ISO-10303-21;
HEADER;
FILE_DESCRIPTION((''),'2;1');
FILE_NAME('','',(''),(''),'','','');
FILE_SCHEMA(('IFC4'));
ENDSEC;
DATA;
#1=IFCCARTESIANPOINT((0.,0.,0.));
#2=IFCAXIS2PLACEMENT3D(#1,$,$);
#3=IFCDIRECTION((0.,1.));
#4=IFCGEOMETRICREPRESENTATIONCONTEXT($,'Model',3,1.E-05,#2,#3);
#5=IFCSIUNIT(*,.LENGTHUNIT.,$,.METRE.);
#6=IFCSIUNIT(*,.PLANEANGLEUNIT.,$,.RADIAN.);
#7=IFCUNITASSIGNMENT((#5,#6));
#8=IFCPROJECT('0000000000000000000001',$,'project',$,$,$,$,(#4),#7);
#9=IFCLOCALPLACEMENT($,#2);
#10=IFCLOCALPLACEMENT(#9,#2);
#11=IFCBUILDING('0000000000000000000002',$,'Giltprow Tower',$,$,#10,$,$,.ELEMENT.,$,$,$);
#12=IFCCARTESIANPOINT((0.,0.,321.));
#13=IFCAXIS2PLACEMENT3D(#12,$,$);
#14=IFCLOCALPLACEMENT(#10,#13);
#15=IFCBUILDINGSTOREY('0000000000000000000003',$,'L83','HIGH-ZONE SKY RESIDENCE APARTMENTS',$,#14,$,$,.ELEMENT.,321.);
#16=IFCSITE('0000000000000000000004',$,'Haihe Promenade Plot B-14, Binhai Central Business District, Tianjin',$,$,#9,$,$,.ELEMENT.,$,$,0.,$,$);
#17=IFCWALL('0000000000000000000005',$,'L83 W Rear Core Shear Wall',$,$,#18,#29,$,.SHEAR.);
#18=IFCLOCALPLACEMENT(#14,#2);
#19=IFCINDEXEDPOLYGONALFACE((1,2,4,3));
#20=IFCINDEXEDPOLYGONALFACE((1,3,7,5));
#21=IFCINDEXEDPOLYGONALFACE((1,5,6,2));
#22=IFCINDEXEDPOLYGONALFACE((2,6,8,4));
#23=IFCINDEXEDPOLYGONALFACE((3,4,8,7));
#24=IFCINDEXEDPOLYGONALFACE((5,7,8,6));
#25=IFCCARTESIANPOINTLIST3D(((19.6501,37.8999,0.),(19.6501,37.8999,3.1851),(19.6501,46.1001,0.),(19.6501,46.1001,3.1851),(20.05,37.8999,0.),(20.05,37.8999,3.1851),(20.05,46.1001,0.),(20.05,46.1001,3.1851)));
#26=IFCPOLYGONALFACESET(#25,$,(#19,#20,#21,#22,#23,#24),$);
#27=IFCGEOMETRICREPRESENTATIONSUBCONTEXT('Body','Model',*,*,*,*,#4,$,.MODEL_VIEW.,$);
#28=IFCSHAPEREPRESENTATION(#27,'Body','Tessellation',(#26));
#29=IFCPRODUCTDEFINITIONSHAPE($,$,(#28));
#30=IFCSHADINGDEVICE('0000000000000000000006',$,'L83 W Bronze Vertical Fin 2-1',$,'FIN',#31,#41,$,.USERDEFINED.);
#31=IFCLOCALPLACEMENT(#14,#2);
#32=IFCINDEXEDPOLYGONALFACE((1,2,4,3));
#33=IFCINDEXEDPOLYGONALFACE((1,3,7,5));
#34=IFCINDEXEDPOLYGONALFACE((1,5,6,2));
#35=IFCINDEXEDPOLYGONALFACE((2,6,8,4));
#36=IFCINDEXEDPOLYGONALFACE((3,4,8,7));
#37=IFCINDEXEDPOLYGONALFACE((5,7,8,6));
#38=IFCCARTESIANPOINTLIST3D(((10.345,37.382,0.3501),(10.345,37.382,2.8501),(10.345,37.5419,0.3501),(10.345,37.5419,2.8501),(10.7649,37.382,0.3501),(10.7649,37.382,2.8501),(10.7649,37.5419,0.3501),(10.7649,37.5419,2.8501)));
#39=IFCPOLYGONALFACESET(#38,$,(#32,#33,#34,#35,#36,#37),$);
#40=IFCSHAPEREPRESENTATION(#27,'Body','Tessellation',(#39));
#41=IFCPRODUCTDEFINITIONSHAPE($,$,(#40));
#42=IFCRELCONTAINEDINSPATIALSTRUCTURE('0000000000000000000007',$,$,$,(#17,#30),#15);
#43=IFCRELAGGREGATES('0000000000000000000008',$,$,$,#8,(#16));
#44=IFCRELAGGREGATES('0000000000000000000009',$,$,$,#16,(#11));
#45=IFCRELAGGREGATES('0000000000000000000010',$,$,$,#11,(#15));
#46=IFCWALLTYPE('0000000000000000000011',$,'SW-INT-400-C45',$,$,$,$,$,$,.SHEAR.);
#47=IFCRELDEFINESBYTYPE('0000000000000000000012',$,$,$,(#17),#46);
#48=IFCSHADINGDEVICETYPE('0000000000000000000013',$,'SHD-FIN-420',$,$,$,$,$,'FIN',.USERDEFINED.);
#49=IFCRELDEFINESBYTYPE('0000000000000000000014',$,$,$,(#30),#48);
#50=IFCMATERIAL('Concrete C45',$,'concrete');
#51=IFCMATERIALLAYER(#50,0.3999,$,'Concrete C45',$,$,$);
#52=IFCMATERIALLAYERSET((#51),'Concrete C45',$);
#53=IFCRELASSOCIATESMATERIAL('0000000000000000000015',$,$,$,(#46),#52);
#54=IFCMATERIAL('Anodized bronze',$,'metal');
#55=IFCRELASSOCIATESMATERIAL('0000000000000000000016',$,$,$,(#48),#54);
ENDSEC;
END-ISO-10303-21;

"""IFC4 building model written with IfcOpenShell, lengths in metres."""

from ifc_helpers import new_model, si_unit, direction, frame, frame_2d, origin, origin_2d, place, context, subcontext, project, spatial, rectangle, extrude, source, transform, mapped, material, layer, layer_set, type_object, element, save


model = new_model("IFC4")

# Units and contexts
model_context = context("Model", 3, precision=1e-05, world=origin(), true_north=direction((0.0, 1.0)))
body_context = subcontext(model_context, "Body", "Model", "MODEL_VIEW")
ifc_project = project(units=[si_unit("LENGTHUNIT", "METRE"), si_unit("PLANEANGLEUNIT", "RADIAN")], contexts=[model_context])

# Site, building, storey
site_placement = place(None, origin())
site = spatial("IfcSite", under=ifc_project, at=site_placement, Name="Haihe Promenade Plot B-14, Binhai Central Business District, Tianjin", CompositionType="ELEMENT", RefElevation=0.0)
building_placement = place(site_placement, origin())
building = spatial("IfcBuilding", under=site, at=building_placement, Name="Giltprow Tower", CompositionType="ELEMENT")
storey_placement = place(building_placement, frame((0.0, 0.0, 321.0)))
storey = spatial("IfcBuildingStorey", under=building, at=storey_placement, Name="L83", Description="HIGH-ZONE SKY RESIDENCE APARTMENTS", CompositionType="ELEMENT", Elevation=321.0)

# Shared definitions
ifc_material_1 = material(Name="Concrete C45", Category="concrete")

# Wall
ifc_layer_1 = layer(ifc_material_1, 0.3999, Name="Concrete C45")
ifc_layer_set_1 = layer_set([ifc_layer_1], Name="Concrete C45")
wall_type_1 = type_object("IfcWallType", Name="SW-INT-400-C45", PredefinedType="SHEAR", material=ifc_layer_set_1)
wall_1_placement = place(storey_placement, frame((19.8501, 37.8999, 0.0), z_axis=(0.0, 0.0, 1.0), x_axis=(0.0, 1.0, 0.0)))
element("IfcWall", 1, at=wall_1_placement, inside=storey, type_object=wall_type_1, Name="L83 W Rear Core Shear Wall", PredefinedType="SHEAR", context=body_context, shape_type="SweptSolid", body=[
    extrude(rectangle(XDim=8.2002, YDim=0.3999, at=frame_2d((4.1001, 0.0))), origin(), (0.0, 0.0, 1.0), 3.1851),
])

# Shading device
ifc_material_2 = material(Name="Anodized bronze", Category="metal")
shading_device_type = type_object("IfcShadingDeviceType", Name="SHD-FIN-420", ElementType="FIN", PredefinedType="USERDEFINED", material=ifc_material_2)
shared_shape_1 = source(origin(), body_context, "Body", "SweptSolid", [
    extrude(rectangle(XDim=0.4199, YDim=0.1599, at=origin_2d()), origin(), (0.0, 0.0, 1.0), 2.5),
])
shading_device_placement = place(storey_placement, frame((10.5549, 37.4619, 0.3501), z_axis=(0.0, 0.0, 1.0), x_axis=(1.0, 0.0, 0.0)))
element("IfcShadingDevice", 2, at=shading_device_placement, inside=storey, type_object=shading_device_type, Name="L83 W Bronze Vertical Fin 2-1", ObjectType="FIN", PredefinedType="USERDEFINED", context=body_context, shape_type="MappedRepresentation", body=[
    mapped(shared_shape_1, transform((0.0, 0.0, 0.0), x_axis=(1.0, 0.0, 0.0), y_axis=(0.0, 1.0, 0.0), z_axis=(0.0, 0.0, 1.0), scale=1.0)),
])

save(model, "model.ifc")
